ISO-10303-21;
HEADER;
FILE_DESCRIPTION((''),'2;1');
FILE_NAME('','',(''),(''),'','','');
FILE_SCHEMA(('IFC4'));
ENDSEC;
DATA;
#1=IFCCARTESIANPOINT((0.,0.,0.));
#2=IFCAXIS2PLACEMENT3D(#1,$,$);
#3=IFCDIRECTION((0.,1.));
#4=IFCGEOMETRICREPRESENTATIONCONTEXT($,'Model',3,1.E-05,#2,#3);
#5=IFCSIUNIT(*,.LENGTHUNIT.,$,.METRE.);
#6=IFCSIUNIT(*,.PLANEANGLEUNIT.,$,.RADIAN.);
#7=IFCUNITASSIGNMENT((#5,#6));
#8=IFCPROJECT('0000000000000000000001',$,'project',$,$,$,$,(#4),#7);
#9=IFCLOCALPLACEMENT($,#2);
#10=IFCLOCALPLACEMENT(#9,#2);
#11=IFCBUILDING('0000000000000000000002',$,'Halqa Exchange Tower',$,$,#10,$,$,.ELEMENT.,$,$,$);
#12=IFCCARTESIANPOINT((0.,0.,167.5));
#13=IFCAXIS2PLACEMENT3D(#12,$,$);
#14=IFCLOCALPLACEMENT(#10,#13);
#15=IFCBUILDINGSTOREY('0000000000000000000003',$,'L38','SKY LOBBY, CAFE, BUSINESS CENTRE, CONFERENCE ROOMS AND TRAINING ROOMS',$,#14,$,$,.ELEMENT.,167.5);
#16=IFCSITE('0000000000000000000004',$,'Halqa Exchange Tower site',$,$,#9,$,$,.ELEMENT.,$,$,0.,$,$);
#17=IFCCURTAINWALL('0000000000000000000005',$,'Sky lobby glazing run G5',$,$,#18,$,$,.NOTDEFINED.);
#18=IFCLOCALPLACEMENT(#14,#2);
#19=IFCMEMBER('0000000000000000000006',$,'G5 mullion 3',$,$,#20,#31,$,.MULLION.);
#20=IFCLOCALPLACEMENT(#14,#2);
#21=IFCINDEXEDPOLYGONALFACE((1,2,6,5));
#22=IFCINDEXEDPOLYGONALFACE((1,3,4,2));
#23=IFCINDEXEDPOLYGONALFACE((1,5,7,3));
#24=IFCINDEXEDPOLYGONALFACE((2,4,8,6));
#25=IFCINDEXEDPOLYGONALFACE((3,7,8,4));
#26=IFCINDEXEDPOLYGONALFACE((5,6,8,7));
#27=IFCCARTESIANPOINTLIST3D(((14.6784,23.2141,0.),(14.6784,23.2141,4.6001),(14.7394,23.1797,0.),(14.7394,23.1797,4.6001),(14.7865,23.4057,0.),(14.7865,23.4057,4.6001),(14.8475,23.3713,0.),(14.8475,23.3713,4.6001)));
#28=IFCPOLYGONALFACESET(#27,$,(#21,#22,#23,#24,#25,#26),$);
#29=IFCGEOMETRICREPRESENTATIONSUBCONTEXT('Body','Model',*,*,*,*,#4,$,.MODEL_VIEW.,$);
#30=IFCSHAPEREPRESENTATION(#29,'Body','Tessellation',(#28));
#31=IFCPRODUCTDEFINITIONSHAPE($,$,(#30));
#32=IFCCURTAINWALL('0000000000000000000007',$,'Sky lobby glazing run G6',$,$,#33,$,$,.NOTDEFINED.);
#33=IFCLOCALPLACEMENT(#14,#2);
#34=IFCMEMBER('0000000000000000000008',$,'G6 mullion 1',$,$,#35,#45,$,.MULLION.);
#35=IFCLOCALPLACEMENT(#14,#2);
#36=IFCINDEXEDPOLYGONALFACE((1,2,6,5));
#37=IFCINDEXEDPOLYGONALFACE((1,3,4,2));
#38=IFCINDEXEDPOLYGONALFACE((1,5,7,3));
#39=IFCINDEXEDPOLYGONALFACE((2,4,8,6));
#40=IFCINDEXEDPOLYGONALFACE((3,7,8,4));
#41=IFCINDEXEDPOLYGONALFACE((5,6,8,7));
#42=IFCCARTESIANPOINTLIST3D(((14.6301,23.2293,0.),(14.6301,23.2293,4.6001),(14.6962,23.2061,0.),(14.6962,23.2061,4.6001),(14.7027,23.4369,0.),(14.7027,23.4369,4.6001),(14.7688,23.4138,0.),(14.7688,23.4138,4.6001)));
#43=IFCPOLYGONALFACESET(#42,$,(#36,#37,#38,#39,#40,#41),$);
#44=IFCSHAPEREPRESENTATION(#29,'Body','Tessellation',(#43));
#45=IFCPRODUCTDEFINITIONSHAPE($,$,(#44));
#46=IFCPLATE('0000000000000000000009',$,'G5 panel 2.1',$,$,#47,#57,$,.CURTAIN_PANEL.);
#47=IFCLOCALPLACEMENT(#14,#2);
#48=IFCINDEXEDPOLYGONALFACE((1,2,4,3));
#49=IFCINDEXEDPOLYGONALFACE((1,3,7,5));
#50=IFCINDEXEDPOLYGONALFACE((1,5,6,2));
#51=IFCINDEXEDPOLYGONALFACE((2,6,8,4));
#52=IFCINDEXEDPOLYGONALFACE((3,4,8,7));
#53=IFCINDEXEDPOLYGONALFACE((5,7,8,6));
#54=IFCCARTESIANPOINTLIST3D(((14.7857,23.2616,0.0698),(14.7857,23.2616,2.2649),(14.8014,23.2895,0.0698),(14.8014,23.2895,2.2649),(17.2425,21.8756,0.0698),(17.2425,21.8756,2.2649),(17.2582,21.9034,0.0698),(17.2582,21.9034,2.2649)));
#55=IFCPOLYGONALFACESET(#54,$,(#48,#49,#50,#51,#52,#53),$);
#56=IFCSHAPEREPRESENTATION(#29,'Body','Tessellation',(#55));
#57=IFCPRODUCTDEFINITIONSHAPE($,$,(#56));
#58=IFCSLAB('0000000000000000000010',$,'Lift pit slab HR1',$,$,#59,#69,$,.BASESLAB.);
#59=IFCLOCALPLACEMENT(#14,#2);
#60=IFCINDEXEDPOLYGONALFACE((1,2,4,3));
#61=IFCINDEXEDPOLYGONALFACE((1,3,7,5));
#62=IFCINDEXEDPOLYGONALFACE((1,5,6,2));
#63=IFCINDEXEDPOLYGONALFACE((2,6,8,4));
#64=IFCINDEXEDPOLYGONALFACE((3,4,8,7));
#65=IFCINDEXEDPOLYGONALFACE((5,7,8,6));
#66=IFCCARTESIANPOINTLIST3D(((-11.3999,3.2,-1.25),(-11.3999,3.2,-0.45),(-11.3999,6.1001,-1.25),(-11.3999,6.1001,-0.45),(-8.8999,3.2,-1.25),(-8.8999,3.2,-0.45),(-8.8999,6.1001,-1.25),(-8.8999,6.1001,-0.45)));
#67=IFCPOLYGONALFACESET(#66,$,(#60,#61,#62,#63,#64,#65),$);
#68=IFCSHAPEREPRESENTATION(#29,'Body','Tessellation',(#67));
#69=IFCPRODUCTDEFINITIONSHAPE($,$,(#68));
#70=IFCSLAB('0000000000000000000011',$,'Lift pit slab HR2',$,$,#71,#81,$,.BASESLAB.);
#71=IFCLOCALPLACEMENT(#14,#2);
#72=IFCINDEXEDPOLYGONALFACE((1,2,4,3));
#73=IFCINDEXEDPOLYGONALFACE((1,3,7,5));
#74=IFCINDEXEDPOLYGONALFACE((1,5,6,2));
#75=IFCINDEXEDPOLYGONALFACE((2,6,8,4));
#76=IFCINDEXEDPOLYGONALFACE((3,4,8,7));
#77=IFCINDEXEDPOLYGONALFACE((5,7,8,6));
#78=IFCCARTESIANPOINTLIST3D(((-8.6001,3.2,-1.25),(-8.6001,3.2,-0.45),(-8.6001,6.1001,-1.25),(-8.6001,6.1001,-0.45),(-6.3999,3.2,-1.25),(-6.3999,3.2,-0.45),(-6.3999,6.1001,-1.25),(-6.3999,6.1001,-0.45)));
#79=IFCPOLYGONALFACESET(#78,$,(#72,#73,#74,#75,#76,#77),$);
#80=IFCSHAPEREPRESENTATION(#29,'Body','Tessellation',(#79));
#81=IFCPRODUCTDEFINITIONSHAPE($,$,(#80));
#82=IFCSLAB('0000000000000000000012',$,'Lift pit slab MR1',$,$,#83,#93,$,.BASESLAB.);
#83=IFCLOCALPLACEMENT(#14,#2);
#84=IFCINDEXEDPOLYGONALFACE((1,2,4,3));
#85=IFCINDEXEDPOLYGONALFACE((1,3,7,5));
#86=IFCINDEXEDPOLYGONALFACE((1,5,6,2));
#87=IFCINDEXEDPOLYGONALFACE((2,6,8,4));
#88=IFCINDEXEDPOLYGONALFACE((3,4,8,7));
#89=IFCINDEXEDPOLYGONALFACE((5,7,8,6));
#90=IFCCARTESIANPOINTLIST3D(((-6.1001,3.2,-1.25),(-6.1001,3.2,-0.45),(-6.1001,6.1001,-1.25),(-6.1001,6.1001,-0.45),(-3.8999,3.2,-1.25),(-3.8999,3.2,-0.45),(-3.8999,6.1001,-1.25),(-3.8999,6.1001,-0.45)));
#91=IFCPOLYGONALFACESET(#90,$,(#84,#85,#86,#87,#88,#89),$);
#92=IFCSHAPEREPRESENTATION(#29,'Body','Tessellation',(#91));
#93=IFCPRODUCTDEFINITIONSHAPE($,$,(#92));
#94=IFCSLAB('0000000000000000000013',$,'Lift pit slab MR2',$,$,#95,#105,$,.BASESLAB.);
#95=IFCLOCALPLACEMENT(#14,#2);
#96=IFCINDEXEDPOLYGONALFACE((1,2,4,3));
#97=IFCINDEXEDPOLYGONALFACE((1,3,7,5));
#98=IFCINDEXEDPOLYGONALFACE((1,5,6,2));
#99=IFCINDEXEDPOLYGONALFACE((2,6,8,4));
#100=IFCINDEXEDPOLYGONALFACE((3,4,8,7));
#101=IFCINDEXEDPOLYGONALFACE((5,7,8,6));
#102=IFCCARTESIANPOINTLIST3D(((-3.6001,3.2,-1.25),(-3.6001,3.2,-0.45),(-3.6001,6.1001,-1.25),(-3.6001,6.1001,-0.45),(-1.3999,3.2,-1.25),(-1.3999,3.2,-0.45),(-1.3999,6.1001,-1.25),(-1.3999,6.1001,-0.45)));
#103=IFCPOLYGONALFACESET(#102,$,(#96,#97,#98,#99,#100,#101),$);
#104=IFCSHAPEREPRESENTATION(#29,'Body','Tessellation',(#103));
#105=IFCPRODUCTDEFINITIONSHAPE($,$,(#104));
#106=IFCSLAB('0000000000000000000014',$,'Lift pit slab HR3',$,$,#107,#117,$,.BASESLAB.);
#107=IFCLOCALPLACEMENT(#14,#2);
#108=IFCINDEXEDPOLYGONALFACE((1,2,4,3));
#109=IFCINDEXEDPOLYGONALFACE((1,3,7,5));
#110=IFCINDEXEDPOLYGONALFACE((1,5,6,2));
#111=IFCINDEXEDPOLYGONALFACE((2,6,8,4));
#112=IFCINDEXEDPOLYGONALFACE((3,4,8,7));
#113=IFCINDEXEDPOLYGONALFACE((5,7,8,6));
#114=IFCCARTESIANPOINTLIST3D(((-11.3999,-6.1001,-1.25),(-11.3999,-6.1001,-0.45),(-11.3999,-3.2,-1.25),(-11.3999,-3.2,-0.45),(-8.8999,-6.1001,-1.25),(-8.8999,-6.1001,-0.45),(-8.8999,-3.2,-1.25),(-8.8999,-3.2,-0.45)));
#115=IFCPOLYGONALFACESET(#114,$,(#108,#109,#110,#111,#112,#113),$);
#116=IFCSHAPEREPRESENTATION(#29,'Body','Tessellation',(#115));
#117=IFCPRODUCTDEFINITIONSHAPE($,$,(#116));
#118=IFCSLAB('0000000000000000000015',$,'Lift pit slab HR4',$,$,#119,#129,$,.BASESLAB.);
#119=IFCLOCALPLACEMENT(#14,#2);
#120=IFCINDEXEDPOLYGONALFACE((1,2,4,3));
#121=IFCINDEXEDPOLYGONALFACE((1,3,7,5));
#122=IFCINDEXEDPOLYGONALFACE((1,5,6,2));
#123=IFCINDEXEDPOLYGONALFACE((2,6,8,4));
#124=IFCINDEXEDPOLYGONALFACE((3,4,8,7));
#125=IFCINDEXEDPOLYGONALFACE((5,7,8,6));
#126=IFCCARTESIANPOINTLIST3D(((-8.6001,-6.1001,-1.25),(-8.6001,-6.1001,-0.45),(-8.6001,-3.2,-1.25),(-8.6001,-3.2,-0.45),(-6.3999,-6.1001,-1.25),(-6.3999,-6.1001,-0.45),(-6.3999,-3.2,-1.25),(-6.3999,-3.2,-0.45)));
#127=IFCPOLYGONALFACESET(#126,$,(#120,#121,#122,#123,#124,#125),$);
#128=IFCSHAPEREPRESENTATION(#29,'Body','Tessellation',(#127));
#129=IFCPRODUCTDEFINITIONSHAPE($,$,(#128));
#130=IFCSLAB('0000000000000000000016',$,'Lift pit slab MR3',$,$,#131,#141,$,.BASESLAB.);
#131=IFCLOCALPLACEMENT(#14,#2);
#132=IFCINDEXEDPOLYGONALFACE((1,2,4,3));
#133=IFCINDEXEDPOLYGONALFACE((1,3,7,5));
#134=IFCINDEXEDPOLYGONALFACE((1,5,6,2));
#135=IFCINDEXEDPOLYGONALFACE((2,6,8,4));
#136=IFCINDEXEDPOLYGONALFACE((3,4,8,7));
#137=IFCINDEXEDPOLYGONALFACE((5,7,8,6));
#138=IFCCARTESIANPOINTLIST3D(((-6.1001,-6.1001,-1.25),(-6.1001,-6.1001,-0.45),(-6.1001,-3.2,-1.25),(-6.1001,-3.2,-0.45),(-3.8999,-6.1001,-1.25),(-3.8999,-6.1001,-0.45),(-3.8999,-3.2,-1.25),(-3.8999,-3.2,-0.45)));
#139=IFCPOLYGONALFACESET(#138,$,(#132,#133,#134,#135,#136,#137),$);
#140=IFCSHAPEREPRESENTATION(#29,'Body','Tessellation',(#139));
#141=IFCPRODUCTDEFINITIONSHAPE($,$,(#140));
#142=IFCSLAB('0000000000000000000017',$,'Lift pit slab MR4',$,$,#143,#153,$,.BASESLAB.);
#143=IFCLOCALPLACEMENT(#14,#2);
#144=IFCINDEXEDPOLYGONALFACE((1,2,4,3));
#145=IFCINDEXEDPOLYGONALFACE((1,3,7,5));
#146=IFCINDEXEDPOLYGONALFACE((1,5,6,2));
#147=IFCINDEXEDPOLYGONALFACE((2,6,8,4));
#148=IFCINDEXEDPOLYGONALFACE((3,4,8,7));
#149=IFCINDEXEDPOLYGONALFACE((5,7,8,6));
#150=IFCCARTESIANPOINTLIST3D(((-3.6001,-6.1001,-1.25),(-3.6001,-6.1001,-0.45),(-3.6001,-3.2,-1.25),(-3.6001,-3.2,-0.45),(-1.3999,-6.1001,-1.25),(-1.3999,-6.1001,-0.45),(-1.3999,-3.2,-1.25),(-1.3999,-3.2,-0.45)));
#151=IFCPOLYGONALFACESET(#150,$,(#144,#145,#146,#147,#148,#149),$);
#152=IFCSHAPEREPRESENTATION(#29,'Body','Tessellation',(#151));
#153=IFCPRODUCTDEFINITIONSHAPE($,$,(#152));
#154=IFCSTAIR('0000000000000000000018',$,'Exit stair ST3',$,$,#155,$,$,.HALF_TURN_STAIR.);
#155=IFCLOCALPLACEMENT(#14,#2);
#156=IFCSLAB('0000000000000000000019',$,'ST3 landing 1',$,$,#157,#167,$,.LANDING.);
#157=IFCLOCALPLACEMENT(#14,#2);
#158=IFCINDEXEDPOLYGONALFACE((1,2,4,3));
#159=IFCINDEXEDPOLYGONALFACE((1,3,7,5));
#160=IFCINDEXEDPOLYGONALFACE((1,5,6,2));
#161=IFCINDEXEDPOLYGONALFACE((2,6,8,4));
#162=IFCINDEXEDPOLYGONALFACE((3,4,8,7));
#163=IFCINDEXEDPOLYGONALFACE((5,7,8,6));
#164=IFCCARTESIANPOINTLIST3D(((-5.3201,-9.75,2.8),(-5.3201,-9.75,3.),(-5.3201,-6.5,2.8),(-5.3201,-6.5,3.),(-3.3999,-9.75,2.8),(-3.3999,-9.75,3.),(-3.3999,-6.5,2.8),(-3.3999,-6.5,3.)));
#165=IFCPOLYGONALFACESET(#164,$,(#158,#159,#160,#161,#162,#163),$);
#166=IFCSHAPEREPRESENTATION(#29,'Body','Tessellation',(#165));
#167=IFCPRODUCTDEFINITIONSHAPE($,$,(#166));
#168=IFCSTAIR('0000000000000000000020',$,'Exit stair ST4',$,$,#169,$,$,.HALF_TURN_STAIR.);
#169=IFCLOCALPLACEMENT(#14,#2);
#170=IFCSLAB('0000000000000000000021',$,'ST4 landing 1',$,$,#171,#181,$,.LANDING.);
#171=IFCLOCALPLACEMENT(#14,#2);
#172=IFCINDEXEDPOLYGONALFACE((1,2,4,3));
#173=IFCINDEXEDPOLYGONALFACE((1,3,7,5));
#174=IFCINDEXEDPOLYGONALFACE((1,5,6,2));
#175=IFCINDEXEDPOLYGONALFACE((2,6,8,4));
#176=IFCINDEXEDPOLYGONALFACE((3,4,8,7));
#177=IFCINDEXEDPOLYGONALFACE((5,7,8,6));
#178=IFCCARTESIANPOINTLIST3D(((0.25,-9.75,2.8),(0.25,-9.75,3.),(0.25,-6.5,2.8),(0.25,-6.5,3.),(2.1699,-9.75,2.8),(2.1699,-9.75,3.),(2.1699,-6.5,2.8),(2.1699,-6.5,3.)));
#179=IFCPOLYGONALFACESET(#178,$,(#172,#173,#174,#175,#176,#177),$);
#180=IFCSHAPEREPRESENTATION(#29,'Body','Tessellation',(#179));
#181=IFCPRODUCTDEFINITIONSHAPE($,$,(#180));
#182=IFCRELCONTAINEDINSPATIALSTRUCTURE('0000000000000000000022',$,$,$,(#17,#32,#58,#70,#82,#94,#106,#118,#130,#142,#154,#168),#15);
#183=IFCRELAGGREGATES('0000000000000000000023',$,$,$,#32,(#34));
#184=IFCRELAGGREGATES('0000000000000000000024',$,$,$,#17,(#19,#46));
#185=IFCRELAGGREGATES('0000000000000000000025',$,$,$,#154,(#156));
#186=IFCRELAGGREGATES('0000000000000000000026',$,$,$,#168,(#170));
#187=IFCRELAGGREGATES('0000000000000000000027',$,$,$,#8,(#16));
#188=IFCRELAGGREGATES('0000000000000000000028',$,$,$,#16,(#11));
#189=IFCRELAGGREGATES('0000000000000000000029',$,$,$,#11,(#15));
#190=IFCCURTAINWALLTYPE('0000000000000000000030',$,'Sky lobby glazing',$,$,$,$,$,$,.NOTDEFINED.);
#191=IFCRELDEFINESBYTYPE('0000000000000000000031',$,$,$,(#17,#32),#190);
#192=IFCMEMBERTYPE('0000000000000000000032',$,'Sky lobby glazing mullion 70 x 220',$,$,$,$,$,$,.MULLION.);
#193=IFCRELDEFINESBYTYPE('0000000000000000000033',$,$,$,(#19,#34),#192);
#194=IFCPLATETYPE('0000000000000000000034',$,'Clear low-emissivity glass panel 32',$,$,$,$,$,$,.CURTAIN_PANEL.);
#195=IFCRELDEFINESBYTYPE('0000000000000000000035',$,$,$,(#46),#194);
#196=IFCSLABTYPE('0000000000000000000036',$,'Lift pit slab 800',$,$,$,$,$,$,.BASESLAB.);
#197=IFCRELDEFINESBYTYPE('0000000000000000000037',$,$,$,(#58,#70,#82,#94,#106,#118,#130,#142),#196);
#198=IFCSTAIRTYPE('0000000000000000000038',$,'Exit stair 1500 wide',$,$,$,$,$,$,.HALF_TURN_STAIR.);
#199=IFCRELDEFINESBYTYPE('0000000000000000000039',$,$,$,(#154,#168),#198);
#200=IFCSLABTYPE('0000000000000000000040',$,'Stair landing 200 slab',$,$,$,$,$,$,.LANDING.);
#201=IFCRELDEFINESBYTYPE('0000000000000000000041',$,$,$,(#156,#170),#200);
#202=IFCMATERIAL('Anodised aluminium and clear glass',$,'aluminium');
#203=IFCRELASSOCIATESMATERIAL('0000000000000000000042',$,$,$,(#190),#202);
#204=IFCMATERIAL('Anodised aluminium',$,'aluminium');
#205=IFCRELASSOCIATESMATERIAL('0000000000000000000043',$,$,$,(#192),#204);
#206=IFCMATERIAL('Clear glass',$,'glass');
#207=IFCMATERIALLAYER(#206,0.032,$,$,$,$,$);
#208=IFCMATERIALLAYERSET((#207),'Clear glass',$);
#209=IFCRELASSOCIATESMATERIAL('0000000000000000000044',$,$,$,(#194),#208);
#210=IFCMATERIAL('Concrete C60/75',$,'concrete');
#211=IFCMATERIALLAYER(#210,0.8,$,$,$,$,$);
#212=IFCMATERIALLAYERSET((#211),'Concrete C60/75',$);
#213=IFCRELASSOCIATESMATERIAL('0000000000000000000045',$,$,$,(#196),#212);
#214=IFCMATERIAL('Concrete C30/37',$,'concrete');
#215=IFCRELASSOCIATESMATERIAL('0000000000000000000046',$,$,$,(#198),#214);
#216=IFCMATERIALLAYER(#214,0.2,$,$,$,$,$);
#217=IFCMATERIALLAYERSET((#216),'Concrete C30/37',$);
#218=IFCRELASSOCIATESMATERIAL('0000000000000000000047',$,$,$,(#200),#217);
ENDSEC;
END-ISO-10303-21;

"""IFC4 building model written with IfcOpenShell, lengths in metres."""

from ifc_helpers import new_model, si_unit, direction, frame, origin, origin_2d, place, context, subcontext, project, spatial, polyline, rectangle, outline, extrude, material, layer, layer_set, material_profile, profile_set, type_object, element, aggregate, save


model = new_model("IFC4")

# Units and contexts
model_context = context("Model", 3, precision=1e-05, world=origin(), true_north=direction((0.0, 1.0)))
body_context = subcontext(model_context, "Body", "Model", "MODEL_VIEW")
ifc_project = project(units=[si_unit("LENGTHUNIT", "METRE"), si_unit("PLANEANGLEUNIT", "RADIAN")], contexts=[model_context])

# Site, building, storey
site_placement = place(None, origin())
site = spatial("IfcSite", under=ifc_project, at=site_placement, Name="Halqa Exchange Tower site", CompositionType="ELEMENT", RefElevation=0.0)
building_placement = place(site_placement, origin())
building = spatial("IfcBuilding", under=site, at=building_placement, Name="Halqa Exchange Tower", CompositionType="ELEMENT")
storey_placement = place(building_placement, frame((0.0, 0.0, 167.5)))
storey = spatial("IfcBuildingStorey", under=building, at=storey_placement, Name="L38", Description="SKY LOBBY, CAFE, BUSINESS CENTRE, CONFERENCE ROOMS AND TRAINING ROOMS", CompositionType="ELEMENT", Elevation=167.5)

# Curtain walls, members
ifc_material_1 = material(Name="Anodised aluminium and clear glass", Category="aluminium")
curtain_wall_type = type_object("IfcCurtainWallType", Name="Sky lobby glazing", PredefinedType="NOTDEFINED", material=ifc_material_1)
curtain_wall_1_placement = place(storey_placement, origin())
curtain_wall_1 = element("IfcCurtainWall", 1, at=curtain_wall_1_placement, inside=storey, type_object=curtain_wall_type, Name="Sky lobby glazing run G5", PredefinedType="NOTDEFINED")
ifc_material_2 = material(Name="Anodised aluminium", Category="aluminium")
ifc_material_profile_1 = material_profile(ifc_material_2, rectangle(XDim=0.22, YDim=0.0701, at=origin_2d()), Name="AL 70x220")
ifc_profile_set_1 = profile_set([ifc_material_profile_1], Name="Anodised aluminium")
member_type = type_object("IfcMemberType", Name="Sky lobby glazing mullion 70 x 220", PredefinedType="MULLION", material=ifc_profile_set_1)
member_1_placement = place(storey_placement, frame((14.7629, 23.2927, 0.0), z_axis=(0.0, 0.0, 1.0), x_axis=(-0.491354, -0.87096, 0.0)))
member_1 = element("IfcMember", 2, at=member_1_placement, type_object=member_type, Name="G5 mullion 3", PredefinedType="MULLION", context=body_context, shape_type="SweptSolid", body=[
    extrude(rectangle(XDim=0.22, YDim=0.0701, at=origin_2d()), origin(), (0.0, 0.0, 1.0), 4.6001),
])
curtain_wall_2_placement = place(storey_placement, origin())
curtain_wall_2 = element("IfcCurtainWall", 3, at=curtain_wall_2_placement, inside=storey, type_object=curtain_wall_type, Name="Sky lobby glazing run G6", PredefinedType="NOTDEFINED")
member_2_placement = place(storey_placement, frame((14.6995, 23.3215, 0.0), z_axis=(0.0, 0.0, 1.0), x_axis=(-0.3301, -0.943946, 0.0)))
member_2 = element("IfcMember", 4, at=member_2_placement, type_object=member_type, Name="G6 mullion 1", PredefinedType="MULLION", context=body_context, shape_type="SweptSolid", body=[
    extrude(rectangle(XDim=0.22, YDim=0.0701, at=origin_2d()), origin(), (0.0, 0.0, 1.0), 4.6001),
])
aggregate(curtain_wall_2, [member_2])

# Plate
ifc_material_3 = material(Name="Clear glass", Category="glass")
ifc_layer_1 = layer(ifc_material_3, 0.032)
ifc_layer_set_1 = layer_set([ifc_layer_1], Name="Clear glass")
plate_type = type_object("IfcPlateType", Name="Clear low-emissivity glass panel 32", PredefinedType="CURTAIN_PANEL", material=ifc_layer_set_1)
plate_placement = place(storey_placement, frame((16.022, 22.5825, 0.0698), z_axis=(0.0, 0.0, 1.0), x_axis=(-0.87096, 0.491354, 0.0)))
plate = element("IfcPlate", 5, at=plate_placement, type_object=plate_type, Name="G5 panel 2.1", PredefinedType="CURTAIN_PANEL", context=body_context, shape_type="SweptSolid", body=[
    extrude(rectangle(XDim=2.8208, YDim=0.032, at=origin_2d()), origin(), (0.0, 0.0, 1.0), 2.1951),
])
aggregate(curtain_wall_1, [member_1, plate])

# Slabs
ifc_material_4 = material(Name="Concrete C60/75", Category="concrete")
ifc_layer_2 = layer(ifc_material_4, 0.8)
ifc_layer_set_2 = layer_set([ifc_layer_2], Name="Concrete C60/75")
slab_type_1 = type_object("IfcSlabType", Name="Lift pit slab 800", PredefinedType="BASESLAB", material=ifc_layer_set_2)
slab_1_placement = place(storey_placement, frame((0.0, 0.0, -1.25)))
element("IfcSlab", 6, at=slab_1_placement, inside=storey, type_object=slab_type_1, Name="Lift pit slab HR1", PredefinedType="BASESLAB", context=body_context, shape_type="SweptSolid", body=[
    extrude(outline(polyline([(-11.3999, 3.2), (-8.8999, 3.2), (-8.8999, 6.1001), (-11.3999, 6.1001), (-11.3999, 3.2)])), origin(), (0.0, 0.0, 1.0), 0.8),
])
slab_2_placement = place(storey_placement, frame((0.0, 0.0, -1.25)))
element("IfcSlab", 7, at=slab_2_placement, inside=storey, type_object=slab_type_1, Name="Lift pit slab HR2", PredefinedType="BASESLAB", context=body_context, shape_type="SweptSolid", body=[
    extrude(outline(polyline([(-8.6001, 3.2), (-6.3999, 3.2), (-6.3999, 6.1001), (-8.6001, 6.1001), (-8.6001, 3.2)])), origin(), (0.0, 0.0, 1.0), 0.8),
])
slab_3_placement = place(storey_placement, frame((0.0, 0.0, -1.25)))
element("IfcSlab", 8, at=slab_3_placement, inside=storey, type_object=slab_type_1, Name="Lift pit slab MR1", PredefinedType="BASESLAB", context=body_context, shape_type="SweptSolid", body=[
    extrude(outline(polyline([(-6.1001, 3.2), (-3.8999, 3.2), (-3.8999, 6.1001), (-6.1001, 6.1001), (-6.1001, 3.2)])), origin(), (0.0, 0.0, 1.0), 0.8),
])
slab_4_placement = place(storey_placement, frame((0.0, 0.0, -1.25)))
element("IfcSlab", 9, at=slab_4_placement, inside=storey, type_object=slab_type_1, Name="Lift pit slab MR2", PredefinedType="BASESLAB", context=body_context, shape_type="SweptSolid", body=[
    extrude(outline(polyline([(-3.6001, 3.2), (-1.3999, 3.2), (-1.3999, 6.1001), (-3.6001, 6.1001), (-3.6001, 3.2)])), origin(), (0.0, 0.0, 1.0), 0.8),
])
slab_5_placement = place(storey_placement, frame((0.0, 0.0, -1.25)))
element("IfcSlab", 10, at=slab_5_placement, inside=storey, type_object=slab_type_1, Name="Lift pit slab HR3", PredefinedType="BASESLAB", context=body_context, shape_type="SweptSolid", body=[
    extrude(outline(polyline([(-11.3999, -6.1001), (-8.8999, -6.1001), (-8.8999, -3.2), (-11.3999, -3.2), (-11.3999, -6.1001)])), origin(), (0.0, 0.0, 1.0), 0.8),
])
slab_6_placement = place(storey_placement, frame((0.0, 0.0, -1.25)))
element("IfcSlab", 11, at=slab_6_placement, inside=storey, type_object=slab_type_1, Name="Lift pit slab HR4", PredefinedType="BASESLAB", context=body_context, shape_type="SweptSolid", body=[
    extrude(outline(polyline([(-8.6001, -6.1001), (-6.3999, -6.1001), (-6.3999, -3.2), (-8.6001, -3.2), (-8.6001, -6.1001)])), origin(), (0.0, 0.0, 1.0), 0.8),
])
slab_7_placement = place(storey_placement, frame((0.0, 0.0, -1.25)))
element("IfcSlab", 12, at=slab_7_placement, inside=storey, type_object=slab_type_1, Name="Lift pit slab MR3", PredefinedType="BASESLAB", context=body_context, shape_type="SweptSolid", body=[
    extrude(outline(polyline([(-6.1001, -6.1001), (-3.8999, -6.1001), (-3.8999, -3.2), (-6.1001, -3.2), (-6.1001, -6.1001)])), origin(), (0.0, 0.0, 1.0), 0.8),
])
slab_8_placement = place(storey_placement, frame((0.0, 0.0, -1.25)))
element("IfcSlab", 13, at=slab_8_placement, inside=storey, type_object=slab_type_1, Name="Lift pit slab MR4", PredefinedType="BASESLAB", context=body_context, shape_type="SweptSolid", body=[
    extrude(outline(polyline([(-3.6001, -6.1001), (-1.3999, -6.1001), (-1.3999, -3.2), (-3.6001, -3.2), (-3.6001, -6.1001)])), origin(), (0.0, 0.0, 1.0), 0.8),
])

# Stairs, slabs
ifc_material_5 = material(Name="Concrete C30/37", Category="concrete")
stair_type = type_object("IfcStairType", Name="Exit stair 1500 wide", PredefinedType="HALF_TURN_STAIR", material=ifc_material_5)
stair_1_placement = place(storey_placement, origin())
stair_1 = element("IfcStair", 14, at=stair_1_placement, inside=storey, type_object=stair_type, Name="Exit stair ST3", PredefinedType="HALF_TURN_STAIR")
ifc_layer_3 = layer(ifc_material_5, 0.2)
ifc_layer_set_3 = layer_set([ifc_layer_3], Name="Concrete C30/37")
slab_type_2 = type_object("IfcSlabType", Name="Stair landing 200 slab", PredefinedType="LANDING", material=ifc_layer_set_3)
slab_9_placement = place(storey_placement, frame((0.0, 0.0, 2.8)))
slab_9 = element("IfcSlab", 15, at=slab_9_placement, type_object=slab_type_2, Name="ST3 landing 1", PredefinedType="LANDING", context=body_context, shape_type="SweptSolid", body=[
    extrude(outline(polyline([(-5.3201, -9.75), (-3.3999, -9.75), (-3.3999, -6.5), (-5.3201, -6.5), (-5.3201, -9.75)])), origin(), (0.0, 0.0, 1.0), 0.2),
])
aggregate(stair_1, [slab_9])
stair_2_placement = place(storey_placement, origin())
stair_2 = element("IfcStair", 16, at=stair_2_placement, inside=storey, type_object=stair_type, Name="Exit stair ST4", PredefinedType="HALF_TURN_STAIR")
slab_10_placement = place(storey_placement, frame((0.0, 0.0, 2.8)))
slab_10 = element("IfcSlab", 17, at=slab_10_placement, type_object=slab_type_2, Name="ST4 landing 1", PredefinedType="LANDING", context=body_context, shape_type="SweptSolid", body=[
    extrude(outline(polyline([(0.25, -9.75), (2.1699, -9.75), (2.1699, -6.5), (0.25, -6.5), (0.25, -9.75)])), origin(), (0.0, 0.0, 1.0), 0.2),
])
aggregate(stair_2, [slab_10])

save(model, "model.ifc")
